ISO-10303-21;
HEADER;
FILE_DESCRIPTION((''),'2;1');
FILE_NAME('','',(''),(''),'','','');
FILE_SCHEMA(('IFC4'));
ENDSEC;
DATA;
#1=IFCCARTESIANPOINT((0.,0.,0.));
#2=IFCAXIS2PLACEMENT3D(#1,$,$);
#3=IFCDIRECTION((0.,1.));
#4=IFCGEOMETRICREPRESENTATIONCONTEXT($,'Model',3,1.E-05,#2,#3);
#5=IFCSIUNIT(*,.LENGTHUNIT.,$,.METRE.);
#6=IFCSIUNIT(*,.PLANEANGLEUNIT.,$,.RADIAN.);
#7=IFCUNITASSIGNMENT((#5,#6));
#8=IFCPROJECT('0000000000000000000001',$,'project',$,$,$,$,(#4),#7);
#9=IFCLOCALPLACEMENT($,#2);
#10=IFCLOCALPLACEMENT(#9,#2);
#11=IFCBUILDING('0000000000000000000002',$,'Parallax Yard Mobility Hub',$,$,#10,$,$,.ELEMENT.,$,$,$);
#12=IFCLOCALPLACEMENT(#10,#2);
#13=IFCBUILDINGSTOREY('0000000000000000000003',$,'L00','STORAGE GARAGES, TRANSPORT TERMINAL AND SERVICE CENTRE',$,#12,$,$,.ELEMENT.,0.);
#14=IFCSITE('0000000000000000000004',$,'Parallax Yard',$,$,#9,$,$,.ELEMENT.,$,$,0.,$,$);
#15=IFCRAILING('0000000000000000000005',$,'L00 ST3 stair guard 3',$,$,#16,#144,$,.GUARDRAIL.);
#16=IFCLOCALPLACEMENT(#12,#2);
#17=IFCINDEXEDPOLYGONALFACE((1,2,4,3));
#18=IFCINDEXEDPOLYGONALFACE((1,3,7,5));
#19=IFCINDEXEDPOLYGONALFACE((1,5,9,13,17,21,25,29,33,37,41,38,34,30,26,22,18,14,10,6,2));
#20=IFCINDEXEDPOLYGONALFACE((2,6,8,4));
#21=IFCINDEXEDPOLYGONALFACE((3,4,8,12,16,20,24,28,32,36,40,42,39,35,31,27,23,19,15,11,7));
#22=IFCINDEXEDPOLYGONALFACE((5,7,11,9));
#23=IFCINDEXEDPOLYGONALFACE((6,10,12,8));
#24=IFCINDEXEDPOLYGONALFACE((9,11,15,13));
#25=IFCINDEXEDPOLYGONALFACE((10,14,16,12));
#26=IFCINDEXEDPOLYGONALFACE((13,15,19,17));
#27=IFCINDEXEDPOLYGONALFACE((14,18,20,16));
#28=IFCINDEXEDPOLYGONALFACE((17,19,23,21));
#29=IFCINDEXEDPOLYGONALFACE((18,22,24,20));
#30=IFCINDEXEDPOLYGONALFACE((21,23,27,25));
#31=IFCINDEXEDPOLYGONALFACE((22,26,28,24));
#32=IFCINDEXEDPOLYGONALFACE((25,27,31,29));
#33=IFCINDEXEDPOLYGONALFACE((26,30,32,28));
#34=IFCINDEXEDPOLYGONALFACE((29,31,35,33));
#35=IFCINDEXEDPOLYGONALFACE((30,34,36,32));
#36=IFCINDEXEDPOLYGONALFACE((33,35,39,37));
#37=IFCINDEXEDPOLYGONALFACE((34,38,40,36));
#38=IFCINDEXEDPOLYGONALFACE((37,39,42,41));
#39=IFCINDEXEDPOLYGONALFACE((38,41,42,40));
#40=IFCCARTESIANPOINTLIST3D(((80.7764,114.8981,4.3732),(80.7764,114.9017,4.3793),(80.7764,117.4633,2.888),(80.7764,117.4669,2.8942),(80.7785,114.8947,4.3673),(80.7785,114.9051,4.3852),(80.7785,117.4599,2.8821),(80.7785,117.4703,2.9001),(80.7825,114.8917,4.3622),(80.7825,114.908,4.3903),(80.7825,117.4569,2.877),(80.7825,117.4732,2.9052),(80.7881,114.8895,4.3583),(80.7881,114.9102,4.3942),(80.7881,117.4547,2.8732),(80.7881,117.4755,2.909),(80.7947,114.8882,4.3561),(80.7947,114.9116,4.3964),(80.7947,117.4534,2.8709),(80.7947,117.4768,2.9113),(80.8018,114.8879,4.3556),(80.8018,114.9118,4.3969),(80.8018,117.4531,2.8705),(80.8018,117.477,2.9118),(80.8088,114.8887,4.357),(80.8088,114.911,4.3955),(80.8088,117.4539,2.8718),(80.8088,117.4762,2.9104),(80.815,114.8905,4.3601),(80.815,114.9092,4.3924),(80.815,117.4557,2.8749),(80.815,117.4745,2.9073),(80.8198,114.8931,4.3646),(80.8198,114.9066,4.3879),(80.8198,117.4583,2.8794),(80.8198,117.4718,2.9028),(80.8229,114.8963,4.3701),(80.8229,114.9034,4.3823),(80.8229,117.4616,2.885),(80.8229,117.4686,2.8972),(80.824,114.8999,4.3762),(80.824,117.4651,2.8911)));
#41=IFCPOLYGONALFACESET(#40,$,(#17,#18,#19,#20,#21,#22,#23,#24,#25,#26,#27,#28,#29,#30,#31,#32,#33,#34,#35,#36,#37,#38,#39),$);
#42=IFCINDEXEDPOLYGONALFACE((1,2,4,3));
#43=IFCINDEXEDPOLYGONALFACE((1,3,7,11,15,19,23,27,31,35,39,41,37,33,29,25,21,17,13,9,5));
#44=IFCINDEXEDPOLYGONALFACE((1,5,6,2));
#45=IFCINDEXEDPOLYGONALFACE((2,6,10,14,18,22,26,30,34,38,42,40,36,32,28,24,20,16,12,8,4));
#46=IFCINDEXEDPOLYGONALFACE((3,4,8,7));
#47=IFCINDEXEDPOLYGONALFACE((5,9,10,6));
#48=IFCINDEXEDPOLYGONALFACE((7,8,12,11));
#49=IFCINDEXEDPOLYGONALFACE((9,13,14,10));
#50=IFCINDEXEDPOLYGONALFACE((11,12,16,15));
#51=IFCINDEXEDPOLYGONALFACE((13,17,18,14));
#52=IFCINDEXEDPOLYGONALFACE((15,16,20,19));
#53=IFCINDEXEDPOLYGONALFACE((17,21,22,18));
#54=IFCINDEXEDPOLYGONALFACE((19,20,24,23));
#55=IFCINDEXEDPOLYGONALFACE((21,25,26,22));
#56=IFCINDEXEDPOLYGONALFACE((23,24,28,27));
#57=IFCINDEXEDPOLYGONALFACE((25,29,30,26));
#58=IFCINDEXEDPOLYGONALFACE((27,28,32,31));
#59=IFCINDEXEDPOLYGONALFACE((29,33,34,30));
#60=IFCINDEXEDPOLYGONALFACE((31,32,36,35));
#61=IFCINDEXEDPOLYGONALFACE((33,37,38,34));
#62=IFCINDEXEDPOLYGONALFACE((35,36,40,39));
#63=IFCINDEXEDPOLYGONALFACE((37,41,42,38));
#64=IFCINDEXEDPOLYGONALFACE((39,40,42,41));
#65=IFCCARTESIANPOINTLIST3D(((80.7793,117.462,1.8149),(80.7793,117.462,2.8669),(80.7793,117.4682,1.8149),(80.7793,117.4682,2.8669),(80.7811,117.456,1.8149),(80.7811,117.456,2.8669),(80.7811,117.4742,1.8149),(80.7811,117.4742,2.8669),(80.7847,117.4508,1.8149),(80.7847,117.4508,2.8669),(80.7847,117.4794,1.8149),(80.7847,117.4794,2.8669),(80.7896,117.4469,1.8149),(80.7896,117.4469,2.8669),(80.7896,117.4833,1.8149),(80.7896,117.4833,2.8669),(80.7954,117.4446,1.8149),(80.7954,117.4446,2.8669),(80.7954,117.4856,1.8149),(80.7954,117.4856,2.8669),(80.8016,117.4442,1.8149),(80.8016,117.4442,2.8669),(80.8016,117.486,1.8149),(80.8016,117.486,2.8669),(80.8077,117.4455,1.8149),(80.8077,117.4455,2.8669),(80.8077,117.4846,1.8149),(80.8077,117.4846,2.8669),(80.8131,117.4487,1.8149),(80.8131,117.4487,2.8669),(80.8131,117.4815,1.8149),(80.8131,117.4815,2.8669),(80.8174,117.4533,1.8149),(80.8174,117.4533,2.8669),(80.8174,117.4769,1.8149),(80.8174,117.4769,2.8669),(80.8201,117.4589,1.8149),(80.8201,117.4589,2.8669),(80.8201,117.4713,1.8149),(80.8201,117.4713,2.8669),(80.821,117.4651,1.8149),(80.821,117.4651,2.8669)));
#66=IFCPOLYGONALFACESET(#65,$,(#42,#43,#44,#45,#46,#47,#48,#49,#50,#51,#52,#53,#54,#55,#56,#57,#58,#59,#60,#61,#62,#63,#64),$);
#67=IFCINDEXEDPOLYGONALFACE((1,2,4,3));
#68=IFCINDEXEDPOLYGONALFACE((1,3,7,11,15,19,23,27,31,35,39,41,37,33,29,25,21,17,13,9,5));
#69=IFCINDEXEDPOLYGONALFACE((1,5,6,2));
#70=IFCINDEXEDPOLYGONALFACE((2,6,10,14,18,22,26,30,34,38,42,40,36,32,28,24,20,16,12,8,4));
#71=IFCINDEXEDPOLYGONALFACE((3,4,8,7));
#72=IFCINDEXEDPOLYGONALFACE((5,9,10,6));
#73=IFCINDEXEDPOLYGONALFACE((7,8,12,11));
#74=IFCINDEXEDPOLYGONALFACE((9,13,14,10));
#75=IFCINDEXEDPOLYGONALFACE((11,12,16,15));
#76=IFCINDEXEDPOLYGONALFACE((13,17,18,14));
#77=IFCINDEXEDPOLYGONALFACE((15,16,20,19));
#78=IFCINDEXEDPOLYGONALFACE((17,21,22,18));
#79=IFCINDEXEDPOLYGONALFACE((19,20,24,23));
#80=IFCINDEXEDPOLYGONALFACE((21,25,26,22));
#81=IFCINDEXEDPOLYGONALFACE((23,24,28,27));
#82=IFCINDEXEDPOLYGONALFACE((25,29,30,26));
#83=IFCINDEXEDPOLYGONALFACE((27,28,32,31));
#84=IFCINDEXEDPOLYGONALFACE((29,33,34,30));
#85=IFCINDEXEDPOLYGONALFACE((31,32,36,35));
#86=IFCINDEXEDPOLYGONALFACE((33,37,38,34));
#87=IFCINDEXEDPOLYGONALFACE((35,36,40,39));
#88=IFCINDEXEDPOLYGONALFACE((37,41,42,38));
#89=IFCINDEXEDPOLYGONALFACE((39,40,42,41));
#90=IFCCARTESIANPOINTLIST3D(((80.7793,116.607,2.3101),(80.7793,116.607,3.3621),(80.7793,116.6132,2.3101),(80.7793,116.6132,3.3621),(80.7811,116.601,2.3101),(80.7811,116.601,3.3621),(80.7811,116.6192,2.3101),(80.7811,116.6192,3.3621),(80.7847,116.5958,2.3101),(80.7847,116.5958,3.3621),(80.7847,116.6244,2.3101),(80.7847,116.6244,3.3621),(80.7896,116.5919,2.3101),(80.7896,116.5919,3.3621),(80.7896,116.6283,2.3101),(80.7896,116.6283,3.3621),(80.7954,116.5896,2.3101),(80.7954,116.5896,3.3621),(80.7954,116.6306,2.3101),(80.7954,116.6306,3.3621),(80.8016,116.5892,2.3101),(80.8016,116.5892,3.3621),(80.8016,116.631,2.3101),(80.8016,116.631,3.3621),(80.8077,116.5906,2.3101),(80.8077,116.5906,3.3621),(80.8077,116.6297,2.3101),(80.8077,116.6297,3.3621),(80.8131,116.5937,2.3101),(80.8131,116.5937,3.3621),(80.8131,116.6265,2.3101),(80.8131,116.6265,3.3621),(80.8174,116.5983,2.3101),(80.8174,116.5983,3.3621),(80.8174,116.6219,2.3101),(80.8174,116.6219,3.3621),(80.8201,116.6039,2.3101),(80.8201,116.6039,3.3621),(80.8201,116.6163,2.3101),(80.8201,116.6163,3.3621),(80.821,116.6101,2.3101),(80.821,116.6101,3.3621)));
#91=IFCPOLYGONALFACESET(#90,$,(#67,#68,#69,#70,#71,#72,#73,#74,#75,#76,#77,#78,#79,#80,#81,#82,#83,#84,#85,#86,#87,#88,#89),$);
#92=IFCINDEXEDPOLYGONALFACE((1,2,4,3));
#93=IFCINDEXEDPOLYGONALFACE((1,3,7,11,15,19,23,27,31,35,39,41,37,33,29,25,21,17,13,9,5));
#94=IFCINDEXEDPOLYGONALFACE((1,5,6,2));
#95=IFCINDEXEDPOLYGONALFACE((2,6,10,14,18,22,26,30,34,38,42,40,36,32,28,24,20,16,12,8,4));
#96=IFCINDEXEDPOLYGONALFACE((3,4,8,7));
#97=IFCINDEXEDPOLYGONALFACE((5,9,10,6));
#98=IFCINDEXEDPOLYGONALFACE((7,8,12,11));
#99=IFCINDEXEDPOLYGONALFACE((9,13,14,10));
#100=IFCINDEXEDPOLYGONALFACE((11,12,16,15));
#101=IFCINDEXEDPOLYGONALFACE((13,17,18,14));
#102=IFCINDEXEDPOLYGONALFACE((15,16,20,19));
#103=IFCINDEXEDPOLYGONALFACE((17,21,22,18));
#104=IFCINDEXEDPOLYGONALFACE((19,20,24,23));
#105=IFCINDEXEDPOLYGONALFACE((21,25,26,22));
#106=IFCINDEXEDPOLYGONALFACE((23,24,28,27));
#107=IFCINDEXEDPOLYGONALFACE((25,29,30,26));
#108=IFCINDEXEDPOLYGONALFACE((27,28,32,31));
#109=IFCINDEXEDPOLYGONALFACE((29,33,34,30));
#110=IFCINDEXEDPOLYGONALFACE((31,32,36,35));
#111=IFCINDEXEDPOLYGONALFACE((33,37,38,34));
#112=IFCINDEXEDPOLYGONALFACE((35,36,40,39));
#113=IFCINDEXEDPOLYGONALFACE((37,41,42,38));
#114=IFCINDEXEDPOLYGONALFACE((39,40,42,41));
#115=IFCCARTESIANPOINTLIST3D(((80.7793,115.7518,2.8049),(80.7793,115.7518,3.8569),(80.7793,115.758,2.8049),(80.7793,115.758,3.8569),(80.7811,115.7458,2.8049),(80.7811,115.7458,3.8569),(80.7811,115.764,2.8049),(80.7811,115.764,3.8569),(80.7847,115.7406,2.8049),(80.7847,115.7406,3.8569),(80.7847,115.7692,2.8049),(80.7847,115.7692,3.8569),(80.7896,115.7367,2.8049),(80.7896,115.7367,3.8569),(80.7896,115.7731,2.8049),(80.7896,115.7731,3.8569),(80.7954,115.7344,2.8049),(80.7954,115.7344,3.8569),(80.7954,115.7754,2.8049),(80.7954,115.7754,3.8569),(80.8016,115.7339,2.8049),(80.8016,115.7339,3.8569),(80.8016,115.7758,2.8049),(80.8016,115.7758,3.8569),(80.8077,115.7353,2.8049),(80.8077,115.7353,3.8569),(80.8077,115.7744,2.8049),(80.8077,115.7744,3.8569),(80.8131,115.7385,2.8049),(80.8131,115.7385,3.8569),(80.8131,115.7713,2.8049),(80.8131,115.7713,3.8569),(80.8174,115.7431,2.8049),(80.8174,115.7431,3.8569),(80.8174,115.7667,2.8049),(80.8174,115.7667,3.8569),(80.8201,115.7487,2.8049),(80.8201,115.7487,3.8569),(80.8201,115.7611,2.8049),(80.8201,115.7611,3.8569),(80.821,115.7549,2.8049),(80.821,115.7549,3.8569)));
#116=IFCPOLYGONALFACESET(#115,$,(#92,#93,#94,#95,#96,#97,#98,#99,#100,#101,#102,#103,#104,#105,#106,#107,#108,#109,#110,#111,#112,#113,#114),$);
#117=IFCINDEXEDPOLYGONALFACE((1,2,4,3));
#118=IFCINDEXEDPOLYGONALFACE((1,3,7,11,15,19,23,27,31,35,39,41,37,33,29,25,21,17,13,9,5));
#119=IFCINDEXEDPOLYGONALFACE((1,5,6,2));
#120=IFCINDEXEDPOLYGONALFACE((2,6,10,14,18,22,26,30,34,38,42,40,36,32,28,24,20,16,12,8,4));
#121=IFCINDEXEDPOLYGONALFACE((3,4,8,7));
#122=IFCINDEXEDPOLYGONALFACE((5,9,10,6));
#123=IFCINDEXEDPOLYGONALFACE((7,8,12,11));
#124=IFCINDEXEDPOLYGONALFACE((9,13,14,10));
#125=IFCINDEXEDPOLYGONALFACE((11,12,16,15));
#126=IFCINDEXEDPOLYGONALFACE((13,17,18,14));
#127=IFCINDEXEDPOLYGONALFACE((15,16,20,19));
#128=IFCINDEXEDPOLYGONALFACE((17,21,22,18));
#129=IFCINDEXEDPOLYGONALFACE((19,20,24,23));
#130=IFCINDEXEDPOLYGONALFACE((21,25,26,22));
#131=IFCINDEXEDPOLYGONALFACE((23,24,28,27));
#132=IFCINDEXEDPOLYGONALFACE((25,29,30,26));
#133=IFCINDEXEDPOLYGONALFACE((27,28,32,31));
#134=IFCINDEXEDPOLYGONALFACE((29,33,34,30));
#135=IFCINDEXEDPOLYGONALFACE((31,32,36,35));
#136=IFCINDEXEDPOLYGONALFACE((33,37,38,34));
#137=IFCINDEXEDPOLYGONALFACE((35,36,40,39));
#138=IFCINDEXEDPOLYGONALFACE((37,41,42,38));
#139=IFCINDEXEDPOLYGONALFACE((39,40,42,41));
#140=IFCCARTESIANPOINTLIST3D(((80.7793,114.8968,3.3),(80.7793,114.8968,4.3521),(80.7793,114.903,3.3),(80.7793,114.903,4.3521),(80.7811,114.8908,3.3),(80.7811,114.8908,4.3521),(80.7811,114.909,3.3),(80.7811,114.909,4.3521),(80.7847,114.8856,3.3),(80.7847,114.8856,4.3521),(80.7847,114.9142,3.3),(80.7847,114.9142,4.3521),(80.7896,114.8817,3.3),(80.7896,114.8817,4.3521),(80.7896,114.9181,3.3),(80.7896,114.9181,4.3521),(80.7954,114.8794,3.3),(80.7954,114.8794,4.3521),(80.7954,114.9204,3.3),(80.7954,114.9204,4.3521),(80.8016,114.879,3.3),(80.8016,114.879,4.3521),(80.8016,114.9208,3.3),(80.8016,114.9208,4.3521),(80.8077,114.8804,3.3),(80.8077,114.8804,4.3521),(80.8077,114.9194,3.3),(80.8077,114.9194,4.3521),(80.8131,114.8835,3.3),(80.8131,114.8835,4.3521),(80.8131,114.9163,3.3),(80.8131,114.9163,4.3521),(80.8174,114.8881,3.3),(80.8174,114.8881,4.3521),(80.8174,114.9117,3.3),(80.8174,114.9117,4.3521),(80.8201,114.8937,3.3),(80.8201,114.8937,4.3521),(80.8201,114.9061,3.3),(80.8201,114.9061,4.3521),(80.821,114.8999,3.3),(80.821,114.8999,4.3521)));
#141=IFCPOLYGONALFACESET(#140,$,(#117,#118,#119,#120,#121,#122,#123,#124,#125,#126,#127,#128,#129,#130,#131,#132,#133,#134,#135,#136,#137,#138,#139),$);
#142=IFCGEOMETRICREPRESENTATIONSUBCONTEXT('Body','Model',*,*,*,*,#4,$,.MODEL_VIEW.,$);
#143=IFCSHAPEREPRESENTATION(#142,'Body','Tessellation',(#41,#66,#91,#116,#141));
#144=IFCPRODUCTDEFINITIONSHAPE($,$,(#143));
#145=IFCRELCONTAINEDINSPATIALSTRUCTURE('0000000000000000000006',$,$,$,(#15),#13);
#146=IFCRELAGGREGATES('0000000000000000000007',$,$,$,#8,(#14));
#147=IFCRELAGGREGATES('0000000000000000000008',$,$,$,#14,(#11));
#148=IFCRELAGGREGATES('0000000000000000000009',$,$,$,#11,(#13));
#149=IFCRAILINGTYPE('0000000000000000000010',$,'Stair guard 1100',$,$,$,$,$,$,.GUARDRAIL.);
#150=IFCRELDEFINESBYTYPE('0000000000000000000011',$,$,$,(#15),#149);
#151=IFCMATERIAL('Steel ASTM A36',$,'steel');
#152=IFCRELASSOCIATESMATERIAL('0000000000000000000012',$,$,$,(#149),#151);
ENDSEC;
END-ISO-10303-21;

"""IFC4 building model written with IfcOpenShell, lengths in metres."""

from ifc_helpers import new_model, si_unit, direction, frame, origin, origin_2d, place, context, subcontext, project, spatial, circle, extrude, material, type_object, element, save


model = new_model("IFC4")

# Units and contexts
model_context = context("Model", 3, precision=1e-05, world=origin(), true_north=direction((0.0, 1.0)))
body_context = subcontext(model_context, "Body", "Model", "MODEL_VIEW")
ifc_project = project(units=[si_unit("LENGTHUNIT", "METRE"), si_unit("PLANEANGLEUNIT", "RADIAN")], contexts=[model_context])

# Site, building, storey
site_placement = place(None, origin())
site = spatial("IfcSite", under=ifc_project, at=site_placement, Name="Parallax Yard", CompositionType="ELEMENT", RefElevation=0.0)
building_placement = place(site_placement, origin())
building = spatial("IfcBuilding", under=site, at=building_placement, Name="Parallax Yard Mobility Hub", CompositionType="ELEMENT")
storey_placement = place(building_placement, origin())
storey = spatial("IfcBuildingStorey", under=building, at=storey_placement, Name="L00", Description="STORAGE GARAGES, TRANSPORT TERMINAL AND SERVICE CENTRE", CompositionType="ELEMENT", Elevation=0.0)

# Railing
ifc_material_1 = material(Name="Steel ASTM A36", Category="steel")
railing_type_1 = type_object("IfcRailingType", Name="Stair guard 1100", PredefinedType="GUARDRAIL", material=ifc_material_1)
railing_1_placement = place(storey_placement, frame((80.8, 117.4651, 1.8149)))
element("IfcRailing", 1, at=railing_1_placement, inside=storey, type_object=railing_type_1, Name="L00 ST3 stair guard 3", PredefinedType="GUARDRAIL", context=body_context, shape_type="SweptSolid", body=[
    extrude(circle(Radius=0.0239, at=origin_2d()), frame((0.0, 0.0, 1.0762), z_axis=(0.0, -0.865426, 0.501036), x_axis=(1.0, 0.0, 0.0)), (0.0, 0.0, 1.0), 2.9641),
    extrude(circle(Radius=0.021, at=origin_2d()), origin(), (0.0, 0.0, 1.0), 1.052),
    extrude(circle(Radius=0.021, at=origin_2d()), frame((0.0, -0.855, 0.4951)), (0.0, 0.0, 1.0), 1.052),
    extrude(circle(Radius=0.021, at=origin_2d()), frame((0.0, -1.7102, 0.99)), (0.0, 0.0, 1.0), 1.052),
    extrude(circle(Radius=0.021, at=origin_2d()), frame((0.0, -2.5652, 1.4851)), (0.0, 0.0, 1.0), 1.052),
])

save(model, "model.ifc")
